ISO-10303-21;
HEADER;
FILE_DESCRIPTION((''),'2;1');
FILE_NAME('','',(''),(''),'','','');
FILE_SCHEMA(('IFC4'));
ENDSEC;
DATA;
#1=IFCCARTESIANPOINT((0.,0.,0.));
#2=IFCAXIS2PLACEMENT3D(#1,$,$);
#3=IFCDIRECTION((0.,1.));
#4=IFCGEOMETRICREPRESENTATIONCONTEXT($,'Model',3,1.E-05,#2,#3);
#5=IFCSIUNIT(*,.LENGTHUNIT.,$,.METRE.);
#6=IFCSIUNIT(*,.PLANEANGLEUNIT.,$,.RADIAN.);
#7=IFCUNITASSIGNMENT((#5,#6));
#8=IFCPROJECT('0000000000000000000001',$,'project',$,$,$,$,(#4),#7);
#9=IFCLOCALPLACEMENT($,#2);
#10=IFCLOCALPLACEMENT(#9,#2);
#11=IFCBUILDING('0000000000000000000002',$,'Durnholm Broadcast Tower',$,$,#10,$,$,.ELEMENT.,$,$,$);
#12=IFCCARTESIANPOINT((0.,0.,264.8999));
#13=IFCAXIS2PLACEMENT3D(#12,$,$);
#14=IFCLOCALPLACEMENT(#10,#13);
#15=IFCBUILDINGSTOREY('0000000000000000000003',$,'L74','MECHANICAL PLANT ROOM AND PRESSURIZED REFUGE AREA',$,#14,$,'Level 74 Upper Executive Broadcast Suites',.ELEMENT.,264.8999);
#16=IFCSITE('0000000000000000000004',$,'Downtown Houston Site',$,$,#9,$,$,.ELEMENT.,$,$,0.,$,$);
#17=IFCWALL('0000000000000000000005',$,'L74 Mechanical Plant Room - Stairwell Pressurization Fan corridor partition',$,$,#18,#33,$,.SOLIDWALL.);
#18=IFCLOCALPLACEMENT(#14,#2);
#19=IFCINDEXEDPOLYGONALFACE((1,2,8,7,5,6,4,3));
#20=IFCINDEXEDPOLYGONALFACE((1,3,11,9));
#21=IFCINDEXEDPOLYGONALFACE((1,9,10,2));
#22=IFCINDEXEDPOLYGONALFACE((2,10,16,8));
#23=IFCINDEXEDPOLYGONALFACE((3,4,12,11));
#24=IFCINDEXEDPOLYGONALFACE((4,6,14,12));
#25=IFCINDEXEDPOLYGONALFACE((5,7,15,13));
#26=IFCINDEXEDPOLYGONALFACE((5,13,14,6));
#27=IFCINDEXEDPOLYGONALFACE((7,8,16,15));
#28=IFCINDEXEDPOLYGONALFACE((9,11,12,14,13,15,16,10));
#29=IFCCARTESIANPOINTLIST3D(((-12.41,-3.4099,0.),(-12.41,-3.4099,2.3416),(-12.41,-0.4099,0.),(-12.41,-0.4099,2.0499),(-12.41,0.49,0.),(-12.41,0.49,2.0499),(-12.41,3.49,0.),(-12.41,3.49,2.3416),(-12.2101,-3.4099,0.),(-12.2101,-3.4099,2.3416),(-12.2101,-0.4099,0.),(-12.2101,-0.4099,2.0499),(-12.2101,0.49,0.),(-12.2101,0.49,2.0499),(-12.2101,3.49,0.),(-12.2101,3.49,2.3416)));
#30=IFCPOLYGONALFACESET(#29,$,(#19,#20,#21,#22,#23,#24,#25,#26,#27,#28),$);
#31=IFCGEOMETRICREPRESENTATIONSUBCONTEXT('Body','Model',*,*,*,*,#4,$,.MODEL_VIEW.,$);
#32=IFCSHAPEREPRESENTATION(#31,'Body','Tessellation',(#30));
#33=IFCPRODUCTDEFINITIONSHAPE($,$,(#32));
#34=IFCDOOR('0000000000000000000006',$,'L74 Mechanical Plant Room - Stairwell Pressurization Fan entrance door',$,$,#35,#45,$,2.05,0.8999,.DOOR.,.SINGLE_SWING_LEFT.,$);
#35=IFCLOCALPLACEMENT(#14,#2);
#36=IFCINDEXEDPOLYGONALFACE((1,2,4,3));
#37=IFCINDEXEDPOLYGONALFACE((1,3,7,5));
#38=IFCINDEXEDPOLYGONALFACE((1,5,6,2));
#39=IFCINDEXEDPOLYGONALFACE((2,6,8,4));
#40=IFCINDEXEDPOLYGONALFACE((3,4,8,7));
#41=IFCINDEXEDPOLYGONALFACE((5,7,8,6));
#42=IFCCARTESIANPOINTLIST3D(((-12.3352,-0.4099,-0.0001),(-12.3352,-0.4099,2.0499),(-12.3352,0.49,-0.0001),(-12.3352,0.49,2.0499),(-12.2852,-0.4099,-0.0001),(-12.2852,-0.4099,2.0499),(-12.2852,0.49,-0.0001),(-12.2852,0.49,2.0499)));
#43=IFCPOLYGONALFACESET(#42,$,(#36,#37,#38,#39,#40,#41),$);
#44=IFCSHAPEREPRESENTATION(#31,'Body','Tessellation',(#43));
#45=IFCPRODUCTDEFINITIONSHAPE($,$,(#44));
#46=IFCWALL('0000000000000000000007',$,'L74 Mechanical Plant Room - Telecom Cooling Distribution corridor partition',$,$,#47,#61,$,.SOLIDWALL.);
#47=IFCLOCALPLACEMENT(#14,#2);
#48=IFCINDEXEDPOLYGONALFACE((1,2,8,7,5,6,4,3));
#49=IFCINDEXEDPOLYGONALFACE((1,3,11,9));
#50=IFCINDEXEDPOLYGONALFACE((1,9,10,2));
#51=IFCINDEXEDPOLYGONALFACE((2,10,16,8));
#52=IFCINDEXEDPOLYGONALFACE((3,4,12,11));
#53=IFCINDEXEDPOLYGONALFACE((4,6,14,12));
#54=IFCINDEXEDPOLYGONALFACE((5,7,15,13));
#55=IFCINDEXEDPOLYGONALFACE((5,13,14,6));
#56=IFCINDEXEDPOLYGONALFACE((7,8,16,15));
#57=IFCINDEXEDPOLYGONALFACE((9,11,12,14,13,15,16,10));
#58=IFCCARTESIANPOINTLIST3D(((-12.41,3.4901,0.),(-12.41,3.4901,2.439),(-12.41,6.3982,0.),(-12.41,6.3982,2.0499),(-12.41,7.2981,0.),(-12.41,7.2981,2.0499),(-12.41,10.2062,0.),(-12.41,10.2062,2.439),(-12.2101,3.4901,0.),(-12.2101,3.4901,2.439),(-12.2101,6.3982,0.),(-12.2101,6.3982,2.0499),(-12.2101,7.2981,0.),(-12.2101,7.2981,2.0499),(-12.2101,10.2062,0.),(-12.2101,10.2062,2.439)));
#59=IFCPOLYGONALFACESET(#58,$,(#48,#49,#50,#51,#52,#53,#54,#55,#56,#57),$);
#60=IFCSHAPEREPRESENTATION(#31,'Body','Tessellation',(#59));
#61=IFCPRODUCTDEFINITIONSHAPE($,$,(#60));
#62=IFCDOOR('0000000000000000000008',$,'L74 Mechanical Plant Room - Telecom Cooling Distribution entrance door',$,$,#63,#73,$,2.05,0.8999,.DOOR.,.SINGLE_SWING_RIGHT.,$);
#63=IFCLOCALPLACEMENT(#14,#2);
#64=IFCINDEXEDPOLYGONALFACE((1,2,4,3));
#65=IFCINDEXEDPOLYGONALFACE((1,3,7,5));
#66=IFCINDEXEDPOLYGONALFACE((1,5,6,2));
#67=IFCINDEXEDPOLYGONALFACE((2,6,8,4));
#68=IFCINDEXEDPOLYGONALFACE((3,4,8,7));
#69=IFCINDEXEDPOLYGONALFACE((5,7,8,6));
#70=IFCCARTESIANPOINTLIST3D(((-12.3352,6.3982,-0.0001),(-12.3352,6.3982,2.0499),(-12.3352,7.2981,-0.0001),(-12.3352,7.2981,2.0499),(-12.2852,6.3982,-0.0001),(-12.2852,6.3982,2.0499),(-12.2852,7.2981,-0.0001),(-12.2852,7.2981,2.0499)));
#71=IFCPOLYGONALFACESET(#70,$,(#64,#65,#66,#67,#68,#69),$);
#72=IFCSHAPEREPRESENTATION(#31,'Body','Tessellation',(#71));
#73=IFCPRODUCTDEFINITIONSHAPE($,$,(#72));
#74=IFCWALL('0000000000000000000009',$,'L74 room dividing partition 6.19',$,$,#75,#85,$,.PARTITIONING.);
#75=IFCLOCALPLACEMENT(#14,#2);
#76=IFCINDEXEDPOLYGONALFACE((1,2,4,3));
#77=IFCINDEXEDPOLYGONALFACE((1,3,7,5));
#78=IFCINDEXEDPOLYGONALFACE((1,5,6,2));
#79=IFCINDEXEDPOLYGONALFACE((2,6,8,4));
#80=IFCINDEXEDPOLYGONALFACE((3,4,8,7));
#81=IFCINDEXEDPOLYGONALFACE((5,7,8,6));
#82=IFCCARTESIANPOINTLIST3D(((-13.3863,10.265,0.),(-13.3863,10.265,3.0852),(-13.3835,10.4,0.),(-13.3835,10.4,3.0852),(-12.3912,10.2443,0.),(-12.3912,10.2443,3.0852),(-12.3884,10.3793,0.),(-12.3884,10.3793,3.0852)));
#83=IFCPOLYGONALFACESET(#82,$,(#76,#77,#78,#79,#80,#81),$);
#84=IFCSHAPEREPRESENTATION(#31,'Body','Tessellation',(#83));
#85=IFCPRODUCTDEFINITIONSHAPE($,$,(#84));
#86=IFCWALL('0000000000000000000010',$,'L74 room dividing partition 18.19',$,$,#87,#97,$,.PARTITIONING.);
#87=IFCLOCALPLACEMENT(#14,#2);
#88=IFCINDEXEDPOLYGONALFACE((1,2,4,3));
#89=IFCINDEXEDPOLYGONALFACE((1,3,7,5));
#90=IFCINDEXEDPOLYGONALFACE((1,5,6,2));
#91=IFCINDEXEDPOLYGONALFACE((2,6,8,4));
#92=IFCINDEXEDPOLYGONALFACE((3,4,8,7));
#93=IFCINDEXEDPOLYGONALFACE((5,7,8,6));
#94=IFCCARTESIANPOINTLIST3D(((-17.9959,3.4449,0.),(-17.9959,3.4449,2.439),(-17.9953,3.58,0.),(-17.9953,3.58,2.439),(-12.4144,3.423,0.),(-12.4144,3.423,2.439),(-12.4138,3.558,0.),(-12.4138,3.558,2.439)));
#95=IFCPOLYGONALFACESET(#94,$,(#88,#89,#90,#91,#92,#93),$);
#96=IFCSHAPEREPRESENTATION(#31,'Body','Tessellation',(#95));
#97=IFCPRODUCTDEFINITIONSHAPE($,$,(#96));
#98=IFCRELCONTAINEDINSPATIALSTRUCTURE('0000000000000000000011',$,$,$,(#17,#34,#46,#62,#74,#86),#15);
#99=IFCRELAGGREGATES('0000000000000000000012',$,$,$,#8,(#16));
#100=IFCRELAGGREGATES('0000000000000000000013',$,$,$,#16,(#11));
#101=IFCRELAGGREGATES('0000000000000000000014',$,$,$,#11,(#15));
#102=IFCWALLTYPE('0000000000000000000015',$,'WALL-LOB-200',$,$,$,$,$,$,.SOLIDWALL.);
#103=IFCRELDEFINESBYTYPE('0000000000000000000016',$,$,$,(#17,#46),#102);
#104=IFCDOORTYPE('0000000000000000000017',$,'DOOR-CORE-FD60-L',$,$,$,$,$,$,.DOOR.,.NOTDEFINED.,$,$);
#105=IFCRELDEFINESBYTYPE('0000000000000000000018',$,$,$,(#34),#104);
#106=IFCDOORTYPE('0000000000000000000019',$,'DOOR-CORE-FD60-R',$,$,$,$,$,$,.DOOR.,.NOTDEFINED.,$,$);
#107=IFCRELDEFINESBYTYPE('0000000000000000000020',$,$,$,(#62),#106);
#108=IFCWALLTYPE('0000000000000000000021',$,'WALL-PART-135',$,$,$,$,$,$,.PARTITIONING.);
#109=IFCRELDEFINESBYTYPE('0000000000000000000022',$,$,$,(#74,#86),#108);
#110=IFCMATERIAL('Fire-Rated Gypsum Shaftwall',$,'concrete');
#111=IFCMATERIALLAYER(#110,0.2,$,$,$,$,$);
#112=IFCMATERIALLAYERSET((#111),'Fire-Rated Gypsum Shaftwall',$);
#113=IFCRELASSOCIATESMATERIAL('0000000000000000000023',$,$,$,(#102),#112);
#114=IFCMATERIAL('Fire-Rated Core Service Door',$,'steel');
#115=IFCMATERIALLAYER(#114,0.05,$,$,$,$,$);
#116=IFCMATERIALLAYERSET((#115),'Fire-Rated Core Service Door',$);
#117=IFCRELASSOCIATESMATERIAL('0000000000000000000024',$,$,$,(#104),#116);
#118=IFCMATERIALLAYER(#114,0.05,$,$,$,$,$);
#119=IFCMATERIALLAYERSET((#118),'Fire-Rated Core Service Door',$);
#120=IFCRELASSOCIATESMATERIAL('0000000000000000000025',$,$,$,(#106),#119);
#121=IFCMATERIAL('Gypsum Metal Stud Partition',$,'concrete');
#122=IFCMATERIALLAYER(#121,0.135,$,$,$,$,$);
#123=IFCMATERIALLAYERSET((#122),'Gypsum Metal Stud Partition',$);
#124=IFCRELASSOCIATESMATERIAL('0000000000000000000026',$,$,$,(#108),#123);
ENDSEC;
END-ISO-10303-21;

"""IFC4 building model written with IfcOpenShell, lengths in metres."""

from ifc_helpers import new_model, si_unit, direction, frame, frame_2d, origin, place, context, subcontext, project, spatial, rectangle, extrude, source, transform, mapped, material, layer, layer_set, type_object, type_shapes, element, fill, save


model = new_model("IFC4")

# Units and contexts
model_context = context("Model", 3, precision=1e-05, world=origin(), true_north=direction((0.0, 1.0)))
body_context = subcontext(model_context, "Body", "Model", "MODEL_VIEW")
ifc_project = project(units=[si_unit("LENGTHUNIT", "METRE"), si_unit("PLANEANGLEUNIT", "RADIAN")], contexts=[model_context])

# Site, building, storey
site_placement = place(None, origin())
site = spatial("IfcSite", under=ifc_project, at=site_placement, Name="Downtown Houston Site", CompositionType="ELEMENT", RefElevation=0.0)
building_placement = place(site_placement, origin())
building = spatial("IfcBuilding", under=site, at=building_placement, Name="Durnholm Broadcast Tower", CompositionType="ELEMENT")
storey_placement = place(building_placement, frame((0.0, 0.0, 264.8999)))
storey = spatial("IfcBuildingStorey", under=building, at=storey_placement, Name="L74", Description="MECHANICAL PLANT ROOM AND PRESSURIZED REFUGE AREA", LongName="Level 74 Upper Executive Broadcast Suites", CompositionType="ELEMENT", Elevation=264.8999)

# Shared definitions
ifc_material_1 = material(Name="Fire-Rated Gypsum Shaftwall", Category="concrete")
ifc_layer_1 = layer(ifc_material_1, 0.2)
ifc_layer_set_1 = layer_set([ifc_layer_1], Name="Fire-Rated Gypsum Shaftwall")
wall_type_1 = type_object("IfcWallType", Name="WALL-LOB-200", PredefinedType="SOLIDWALL", material=ifc_layer_set_1)

# Walls, openings, doors
wall_1_placement = place(storey_placement, frame((-12.3101, 3.49, 0.0), z_axis=(0.0, 0.0, 1.0), x_axis=(0.0, -1.0, 0.0)))
wall_1 = element("IfcWall", 1, at=wall_1_placement, inside=storey, type_object=wall_type_1, Name="L74 Mechanical Plant Room - Stairwell Pressurization Fan corridor partition", PredefinedType="SOLIDWALL", context=body_context, shape_type="SweptSolid", body=[
    extrude(rectangle(XDim=6.8999, YDim=0.2, at=frame_2d((3.45, 0.0))), origin(), (0.0, 0.0, 1.0), 2.3416),
])
opening_1_placement = place(wall_1_placement, frame((3.0, 0.0, 0.0)))
opening_1 = element("IfcOpeningElement", 2, at=opening_1_placement, cuts=wall_1, PredefinedType="OPENING", context=body_context, shape_type="SweptSolid", body=[
    extrude(rectangle(XDim=0.8999, YDim=2.05, at=frame_2d((0.45, 1.0249))), frame((0.0, 0.1099, 0.0), z_axis=(0.0, -1.0, 0.0), x_axis=(1.0, 0.0, 0.0)), (0.0, 0.0, 1.0), 0.22),
])
ifc_material_2 = material(Name="Fire-Rated Core Service Door", Category="steel")
ifc_layer_2 = layer(ifc_material_2, 0.05)
ifc_layer_set_2 = layer_set([ifc_layer_2], Name="Fire-Rated Core Service Door")
door_type_1 = type_object("IfcDoorType", Name="DOOR-CORE-FD60-L", OperationType="NOTDEFINED", PredefinedType="DOOR", material=ifc_layer_set_2)
shared_shape_1 = source(origin(), body_context, "Body", "SweptSolid", [
    extrude(rectangle(XDim=0.8999, YDim=2.05, at=frame_2d((0.45, 1.0249))), frame((0.0, 0.0249, 0.0), z_axis=(0.0, -1.0, 0.0), x_axis=(1.0, 0.0, 0.0)), (0.0, 0.0, 1.0), 0.05),
])
type_shapes(door_type_1, [shared_shape_1])
door_1_placement = place(opening_1_placement, origin())
door_1 = element("IfcDoor", 3, at=door_1_placement, inside=storey, type_object=door_type_1, Name="L74 Mechanical Plant Room - Stairwell Pressurization Fan entrance door", OperationType="SINGLE_SWING_LEFT", OverallHeight=2.05, OverallWidth=0.8999, PredefinedType="DOOR", context=body_context, shape_type="MappedRepresentation", body=[
    mapped(shared_shape_1, transform((0.0, 0.0, 0.0), x_axis=(1.0, 0.0, 0.0), y_axis=(0.0, 1.0, 0.0), z_axis=(0.0, 0.0, 1.0), scale=1.0)),
])
fill(opening_1, door_1)
wall_2_placement = place(storey_placement, frame((-12.3101, 10.2061, 0.0), z_axis=(0.0, 0.0, 1.0), x_axis=(0.0, -1.0, 0.0)))
wall_2 = element("IfcWall", 4, at=wall_2_placement, inside=storey, type_object=wall_type_1, Name="L74 Mechanical Plant Room - Telecom Cooling Distribution corridor partition", PredefinedType="SOLIDWALL", context=body_context, shape_type="SweptSolid", body=[
    extrude(rectangle(XDim=6.7161, YDim=0.2, at=frame_2d((3.3579, 0.0))), origin(), (0.0, 0.0, 1.0), 2.439),
])
opening_2_placement = place(wall_2_placement, frame((2.908, 0.0, 0.0)))
opening_2 = element("IfcOpeningElement", 5, at=opening_2_placement, cuts=wall_2, PredefinedType="OPENING", context=body_context, shape_type="SweptSolid", body=[
    extrude(rectangle(XDim=0.8999, YDim=2.05, at=frame_2d((0.45, 1.0249))), frame((0.0, 0.1099, 0.0), z_axis=(0.0, -1.0, 0.0), x_axis=(1.0, 0.0, 0.0)), (0.0, 0.0, 1.0), 0.22),
])
ifc_layer_3 = layer(ifc_material_2, 0.05)
ifc_layer_set_3 = layer_set([ifc_layer_3], Name="Fire-Rated Core Service Door")
door_type_2 = type_object("IfcDoorType", Name="DOOR-CORE-FD60-R", OperationType="NOTDEFINED", PredefinedType="DOOR", material=ifc_layer_set_3)
shared_shape_2 = source(origin(), body_context, "Body", "SweptSolid", [
    extrude(rectangle(XDim=0.8999, YDim=2.05, at=frame_2d((0.45, 1.0249))), frame((0.0, 0.0249, 0.0), z_axis=(0.0, -1.0, 0.0), x_axis=(1.0, 0.0, 0.0)), (0.0, 0.0, 1.0), 0.05),
])
type_shapes(door_type_2, [shared_shape_2])
door_2_placement = place(opening_2_placement, origin())
door_2 = element("IfcDoor", 6, at=door_2_placement, inside=storey, type_object=door_type_2, Name="L74 Mechanical Plant Room - Telecom Cooling Distribution entrance door", OperationType="SINGLE_SWING_RIGHT", OverallHeight=2.05, OverallWidth=0.8999, PredefinedType="DOOR", context=body_context, shape_type="MappedRepresentation", body=[
    mapped(shared_shape_2, transform((0.0, 0.0, 0.0), x_axis=(1.0, 0.0, 0.0), y_axis=(0.0, 1.0, 0.0), z_axis=(0.0, 0.0, 1.0), scale=1.0)),
])
fill(opening_2, door_2)

# Walls
ifc_material_3 = material(Name="Gypsum Metal Stud Partition", Category="concrete")
ifc_layer_4 = layer(ifc_material_3, 0.135)
ifc_layer_set_4 = layer_set([ifc_layer_4], Name="Gypsum Metal Stud Partition")
wall_type_2 = type_object("IfcWallType", Name="WALL-PART-135", PredefinedType="PARTITIONING", material=ifc_layer_set_4)
wall_3_placement = place(storey_placement, frame((-12.3899, 10.3118, 0.0), z_axis=(0.0, 0.0, 1.0), x_axis=(-0.999783, 0.020849, 0.0)))
element("IfcWall", 7, at=wall_3_placement, inside=storey, type_object=wall_type_2, Name="L74 room dividing partition 6.19", PredefinedType="PARTITIONING", context=body_context, shape_type="SweptSolid", body=[
    extrude(rectangle(XDim=0.9954, YDim=0.135, at=frame_2d((0.4976, 0.0))), origin(), (0.0, 0.0, 1.0), 3.0852),
])
wall_4_placement = place(storey_placement, frame((-17.9956, 3.5125, 0.0), z_axis=(0.0, 0.0, 1.0), x_axis=(0.999992, -0.003937, 0.0)))
element("IfcWall", 8, at=wall_4_placement, inside=storey, type_object=wall_type_2, Name="L74 room dividing partition 18.19", PredefinedType="PARTITIONING", context=body_context, shape_type="SweptSolid", body=[
    extrude(rectangle(XDim=5.5815, YDim=0.135, at=frame_2d((2.7908, 0.0))), origin(), (0.0, 0.0, 1.0), 2.439),
])

save(model, "model.ifc")
